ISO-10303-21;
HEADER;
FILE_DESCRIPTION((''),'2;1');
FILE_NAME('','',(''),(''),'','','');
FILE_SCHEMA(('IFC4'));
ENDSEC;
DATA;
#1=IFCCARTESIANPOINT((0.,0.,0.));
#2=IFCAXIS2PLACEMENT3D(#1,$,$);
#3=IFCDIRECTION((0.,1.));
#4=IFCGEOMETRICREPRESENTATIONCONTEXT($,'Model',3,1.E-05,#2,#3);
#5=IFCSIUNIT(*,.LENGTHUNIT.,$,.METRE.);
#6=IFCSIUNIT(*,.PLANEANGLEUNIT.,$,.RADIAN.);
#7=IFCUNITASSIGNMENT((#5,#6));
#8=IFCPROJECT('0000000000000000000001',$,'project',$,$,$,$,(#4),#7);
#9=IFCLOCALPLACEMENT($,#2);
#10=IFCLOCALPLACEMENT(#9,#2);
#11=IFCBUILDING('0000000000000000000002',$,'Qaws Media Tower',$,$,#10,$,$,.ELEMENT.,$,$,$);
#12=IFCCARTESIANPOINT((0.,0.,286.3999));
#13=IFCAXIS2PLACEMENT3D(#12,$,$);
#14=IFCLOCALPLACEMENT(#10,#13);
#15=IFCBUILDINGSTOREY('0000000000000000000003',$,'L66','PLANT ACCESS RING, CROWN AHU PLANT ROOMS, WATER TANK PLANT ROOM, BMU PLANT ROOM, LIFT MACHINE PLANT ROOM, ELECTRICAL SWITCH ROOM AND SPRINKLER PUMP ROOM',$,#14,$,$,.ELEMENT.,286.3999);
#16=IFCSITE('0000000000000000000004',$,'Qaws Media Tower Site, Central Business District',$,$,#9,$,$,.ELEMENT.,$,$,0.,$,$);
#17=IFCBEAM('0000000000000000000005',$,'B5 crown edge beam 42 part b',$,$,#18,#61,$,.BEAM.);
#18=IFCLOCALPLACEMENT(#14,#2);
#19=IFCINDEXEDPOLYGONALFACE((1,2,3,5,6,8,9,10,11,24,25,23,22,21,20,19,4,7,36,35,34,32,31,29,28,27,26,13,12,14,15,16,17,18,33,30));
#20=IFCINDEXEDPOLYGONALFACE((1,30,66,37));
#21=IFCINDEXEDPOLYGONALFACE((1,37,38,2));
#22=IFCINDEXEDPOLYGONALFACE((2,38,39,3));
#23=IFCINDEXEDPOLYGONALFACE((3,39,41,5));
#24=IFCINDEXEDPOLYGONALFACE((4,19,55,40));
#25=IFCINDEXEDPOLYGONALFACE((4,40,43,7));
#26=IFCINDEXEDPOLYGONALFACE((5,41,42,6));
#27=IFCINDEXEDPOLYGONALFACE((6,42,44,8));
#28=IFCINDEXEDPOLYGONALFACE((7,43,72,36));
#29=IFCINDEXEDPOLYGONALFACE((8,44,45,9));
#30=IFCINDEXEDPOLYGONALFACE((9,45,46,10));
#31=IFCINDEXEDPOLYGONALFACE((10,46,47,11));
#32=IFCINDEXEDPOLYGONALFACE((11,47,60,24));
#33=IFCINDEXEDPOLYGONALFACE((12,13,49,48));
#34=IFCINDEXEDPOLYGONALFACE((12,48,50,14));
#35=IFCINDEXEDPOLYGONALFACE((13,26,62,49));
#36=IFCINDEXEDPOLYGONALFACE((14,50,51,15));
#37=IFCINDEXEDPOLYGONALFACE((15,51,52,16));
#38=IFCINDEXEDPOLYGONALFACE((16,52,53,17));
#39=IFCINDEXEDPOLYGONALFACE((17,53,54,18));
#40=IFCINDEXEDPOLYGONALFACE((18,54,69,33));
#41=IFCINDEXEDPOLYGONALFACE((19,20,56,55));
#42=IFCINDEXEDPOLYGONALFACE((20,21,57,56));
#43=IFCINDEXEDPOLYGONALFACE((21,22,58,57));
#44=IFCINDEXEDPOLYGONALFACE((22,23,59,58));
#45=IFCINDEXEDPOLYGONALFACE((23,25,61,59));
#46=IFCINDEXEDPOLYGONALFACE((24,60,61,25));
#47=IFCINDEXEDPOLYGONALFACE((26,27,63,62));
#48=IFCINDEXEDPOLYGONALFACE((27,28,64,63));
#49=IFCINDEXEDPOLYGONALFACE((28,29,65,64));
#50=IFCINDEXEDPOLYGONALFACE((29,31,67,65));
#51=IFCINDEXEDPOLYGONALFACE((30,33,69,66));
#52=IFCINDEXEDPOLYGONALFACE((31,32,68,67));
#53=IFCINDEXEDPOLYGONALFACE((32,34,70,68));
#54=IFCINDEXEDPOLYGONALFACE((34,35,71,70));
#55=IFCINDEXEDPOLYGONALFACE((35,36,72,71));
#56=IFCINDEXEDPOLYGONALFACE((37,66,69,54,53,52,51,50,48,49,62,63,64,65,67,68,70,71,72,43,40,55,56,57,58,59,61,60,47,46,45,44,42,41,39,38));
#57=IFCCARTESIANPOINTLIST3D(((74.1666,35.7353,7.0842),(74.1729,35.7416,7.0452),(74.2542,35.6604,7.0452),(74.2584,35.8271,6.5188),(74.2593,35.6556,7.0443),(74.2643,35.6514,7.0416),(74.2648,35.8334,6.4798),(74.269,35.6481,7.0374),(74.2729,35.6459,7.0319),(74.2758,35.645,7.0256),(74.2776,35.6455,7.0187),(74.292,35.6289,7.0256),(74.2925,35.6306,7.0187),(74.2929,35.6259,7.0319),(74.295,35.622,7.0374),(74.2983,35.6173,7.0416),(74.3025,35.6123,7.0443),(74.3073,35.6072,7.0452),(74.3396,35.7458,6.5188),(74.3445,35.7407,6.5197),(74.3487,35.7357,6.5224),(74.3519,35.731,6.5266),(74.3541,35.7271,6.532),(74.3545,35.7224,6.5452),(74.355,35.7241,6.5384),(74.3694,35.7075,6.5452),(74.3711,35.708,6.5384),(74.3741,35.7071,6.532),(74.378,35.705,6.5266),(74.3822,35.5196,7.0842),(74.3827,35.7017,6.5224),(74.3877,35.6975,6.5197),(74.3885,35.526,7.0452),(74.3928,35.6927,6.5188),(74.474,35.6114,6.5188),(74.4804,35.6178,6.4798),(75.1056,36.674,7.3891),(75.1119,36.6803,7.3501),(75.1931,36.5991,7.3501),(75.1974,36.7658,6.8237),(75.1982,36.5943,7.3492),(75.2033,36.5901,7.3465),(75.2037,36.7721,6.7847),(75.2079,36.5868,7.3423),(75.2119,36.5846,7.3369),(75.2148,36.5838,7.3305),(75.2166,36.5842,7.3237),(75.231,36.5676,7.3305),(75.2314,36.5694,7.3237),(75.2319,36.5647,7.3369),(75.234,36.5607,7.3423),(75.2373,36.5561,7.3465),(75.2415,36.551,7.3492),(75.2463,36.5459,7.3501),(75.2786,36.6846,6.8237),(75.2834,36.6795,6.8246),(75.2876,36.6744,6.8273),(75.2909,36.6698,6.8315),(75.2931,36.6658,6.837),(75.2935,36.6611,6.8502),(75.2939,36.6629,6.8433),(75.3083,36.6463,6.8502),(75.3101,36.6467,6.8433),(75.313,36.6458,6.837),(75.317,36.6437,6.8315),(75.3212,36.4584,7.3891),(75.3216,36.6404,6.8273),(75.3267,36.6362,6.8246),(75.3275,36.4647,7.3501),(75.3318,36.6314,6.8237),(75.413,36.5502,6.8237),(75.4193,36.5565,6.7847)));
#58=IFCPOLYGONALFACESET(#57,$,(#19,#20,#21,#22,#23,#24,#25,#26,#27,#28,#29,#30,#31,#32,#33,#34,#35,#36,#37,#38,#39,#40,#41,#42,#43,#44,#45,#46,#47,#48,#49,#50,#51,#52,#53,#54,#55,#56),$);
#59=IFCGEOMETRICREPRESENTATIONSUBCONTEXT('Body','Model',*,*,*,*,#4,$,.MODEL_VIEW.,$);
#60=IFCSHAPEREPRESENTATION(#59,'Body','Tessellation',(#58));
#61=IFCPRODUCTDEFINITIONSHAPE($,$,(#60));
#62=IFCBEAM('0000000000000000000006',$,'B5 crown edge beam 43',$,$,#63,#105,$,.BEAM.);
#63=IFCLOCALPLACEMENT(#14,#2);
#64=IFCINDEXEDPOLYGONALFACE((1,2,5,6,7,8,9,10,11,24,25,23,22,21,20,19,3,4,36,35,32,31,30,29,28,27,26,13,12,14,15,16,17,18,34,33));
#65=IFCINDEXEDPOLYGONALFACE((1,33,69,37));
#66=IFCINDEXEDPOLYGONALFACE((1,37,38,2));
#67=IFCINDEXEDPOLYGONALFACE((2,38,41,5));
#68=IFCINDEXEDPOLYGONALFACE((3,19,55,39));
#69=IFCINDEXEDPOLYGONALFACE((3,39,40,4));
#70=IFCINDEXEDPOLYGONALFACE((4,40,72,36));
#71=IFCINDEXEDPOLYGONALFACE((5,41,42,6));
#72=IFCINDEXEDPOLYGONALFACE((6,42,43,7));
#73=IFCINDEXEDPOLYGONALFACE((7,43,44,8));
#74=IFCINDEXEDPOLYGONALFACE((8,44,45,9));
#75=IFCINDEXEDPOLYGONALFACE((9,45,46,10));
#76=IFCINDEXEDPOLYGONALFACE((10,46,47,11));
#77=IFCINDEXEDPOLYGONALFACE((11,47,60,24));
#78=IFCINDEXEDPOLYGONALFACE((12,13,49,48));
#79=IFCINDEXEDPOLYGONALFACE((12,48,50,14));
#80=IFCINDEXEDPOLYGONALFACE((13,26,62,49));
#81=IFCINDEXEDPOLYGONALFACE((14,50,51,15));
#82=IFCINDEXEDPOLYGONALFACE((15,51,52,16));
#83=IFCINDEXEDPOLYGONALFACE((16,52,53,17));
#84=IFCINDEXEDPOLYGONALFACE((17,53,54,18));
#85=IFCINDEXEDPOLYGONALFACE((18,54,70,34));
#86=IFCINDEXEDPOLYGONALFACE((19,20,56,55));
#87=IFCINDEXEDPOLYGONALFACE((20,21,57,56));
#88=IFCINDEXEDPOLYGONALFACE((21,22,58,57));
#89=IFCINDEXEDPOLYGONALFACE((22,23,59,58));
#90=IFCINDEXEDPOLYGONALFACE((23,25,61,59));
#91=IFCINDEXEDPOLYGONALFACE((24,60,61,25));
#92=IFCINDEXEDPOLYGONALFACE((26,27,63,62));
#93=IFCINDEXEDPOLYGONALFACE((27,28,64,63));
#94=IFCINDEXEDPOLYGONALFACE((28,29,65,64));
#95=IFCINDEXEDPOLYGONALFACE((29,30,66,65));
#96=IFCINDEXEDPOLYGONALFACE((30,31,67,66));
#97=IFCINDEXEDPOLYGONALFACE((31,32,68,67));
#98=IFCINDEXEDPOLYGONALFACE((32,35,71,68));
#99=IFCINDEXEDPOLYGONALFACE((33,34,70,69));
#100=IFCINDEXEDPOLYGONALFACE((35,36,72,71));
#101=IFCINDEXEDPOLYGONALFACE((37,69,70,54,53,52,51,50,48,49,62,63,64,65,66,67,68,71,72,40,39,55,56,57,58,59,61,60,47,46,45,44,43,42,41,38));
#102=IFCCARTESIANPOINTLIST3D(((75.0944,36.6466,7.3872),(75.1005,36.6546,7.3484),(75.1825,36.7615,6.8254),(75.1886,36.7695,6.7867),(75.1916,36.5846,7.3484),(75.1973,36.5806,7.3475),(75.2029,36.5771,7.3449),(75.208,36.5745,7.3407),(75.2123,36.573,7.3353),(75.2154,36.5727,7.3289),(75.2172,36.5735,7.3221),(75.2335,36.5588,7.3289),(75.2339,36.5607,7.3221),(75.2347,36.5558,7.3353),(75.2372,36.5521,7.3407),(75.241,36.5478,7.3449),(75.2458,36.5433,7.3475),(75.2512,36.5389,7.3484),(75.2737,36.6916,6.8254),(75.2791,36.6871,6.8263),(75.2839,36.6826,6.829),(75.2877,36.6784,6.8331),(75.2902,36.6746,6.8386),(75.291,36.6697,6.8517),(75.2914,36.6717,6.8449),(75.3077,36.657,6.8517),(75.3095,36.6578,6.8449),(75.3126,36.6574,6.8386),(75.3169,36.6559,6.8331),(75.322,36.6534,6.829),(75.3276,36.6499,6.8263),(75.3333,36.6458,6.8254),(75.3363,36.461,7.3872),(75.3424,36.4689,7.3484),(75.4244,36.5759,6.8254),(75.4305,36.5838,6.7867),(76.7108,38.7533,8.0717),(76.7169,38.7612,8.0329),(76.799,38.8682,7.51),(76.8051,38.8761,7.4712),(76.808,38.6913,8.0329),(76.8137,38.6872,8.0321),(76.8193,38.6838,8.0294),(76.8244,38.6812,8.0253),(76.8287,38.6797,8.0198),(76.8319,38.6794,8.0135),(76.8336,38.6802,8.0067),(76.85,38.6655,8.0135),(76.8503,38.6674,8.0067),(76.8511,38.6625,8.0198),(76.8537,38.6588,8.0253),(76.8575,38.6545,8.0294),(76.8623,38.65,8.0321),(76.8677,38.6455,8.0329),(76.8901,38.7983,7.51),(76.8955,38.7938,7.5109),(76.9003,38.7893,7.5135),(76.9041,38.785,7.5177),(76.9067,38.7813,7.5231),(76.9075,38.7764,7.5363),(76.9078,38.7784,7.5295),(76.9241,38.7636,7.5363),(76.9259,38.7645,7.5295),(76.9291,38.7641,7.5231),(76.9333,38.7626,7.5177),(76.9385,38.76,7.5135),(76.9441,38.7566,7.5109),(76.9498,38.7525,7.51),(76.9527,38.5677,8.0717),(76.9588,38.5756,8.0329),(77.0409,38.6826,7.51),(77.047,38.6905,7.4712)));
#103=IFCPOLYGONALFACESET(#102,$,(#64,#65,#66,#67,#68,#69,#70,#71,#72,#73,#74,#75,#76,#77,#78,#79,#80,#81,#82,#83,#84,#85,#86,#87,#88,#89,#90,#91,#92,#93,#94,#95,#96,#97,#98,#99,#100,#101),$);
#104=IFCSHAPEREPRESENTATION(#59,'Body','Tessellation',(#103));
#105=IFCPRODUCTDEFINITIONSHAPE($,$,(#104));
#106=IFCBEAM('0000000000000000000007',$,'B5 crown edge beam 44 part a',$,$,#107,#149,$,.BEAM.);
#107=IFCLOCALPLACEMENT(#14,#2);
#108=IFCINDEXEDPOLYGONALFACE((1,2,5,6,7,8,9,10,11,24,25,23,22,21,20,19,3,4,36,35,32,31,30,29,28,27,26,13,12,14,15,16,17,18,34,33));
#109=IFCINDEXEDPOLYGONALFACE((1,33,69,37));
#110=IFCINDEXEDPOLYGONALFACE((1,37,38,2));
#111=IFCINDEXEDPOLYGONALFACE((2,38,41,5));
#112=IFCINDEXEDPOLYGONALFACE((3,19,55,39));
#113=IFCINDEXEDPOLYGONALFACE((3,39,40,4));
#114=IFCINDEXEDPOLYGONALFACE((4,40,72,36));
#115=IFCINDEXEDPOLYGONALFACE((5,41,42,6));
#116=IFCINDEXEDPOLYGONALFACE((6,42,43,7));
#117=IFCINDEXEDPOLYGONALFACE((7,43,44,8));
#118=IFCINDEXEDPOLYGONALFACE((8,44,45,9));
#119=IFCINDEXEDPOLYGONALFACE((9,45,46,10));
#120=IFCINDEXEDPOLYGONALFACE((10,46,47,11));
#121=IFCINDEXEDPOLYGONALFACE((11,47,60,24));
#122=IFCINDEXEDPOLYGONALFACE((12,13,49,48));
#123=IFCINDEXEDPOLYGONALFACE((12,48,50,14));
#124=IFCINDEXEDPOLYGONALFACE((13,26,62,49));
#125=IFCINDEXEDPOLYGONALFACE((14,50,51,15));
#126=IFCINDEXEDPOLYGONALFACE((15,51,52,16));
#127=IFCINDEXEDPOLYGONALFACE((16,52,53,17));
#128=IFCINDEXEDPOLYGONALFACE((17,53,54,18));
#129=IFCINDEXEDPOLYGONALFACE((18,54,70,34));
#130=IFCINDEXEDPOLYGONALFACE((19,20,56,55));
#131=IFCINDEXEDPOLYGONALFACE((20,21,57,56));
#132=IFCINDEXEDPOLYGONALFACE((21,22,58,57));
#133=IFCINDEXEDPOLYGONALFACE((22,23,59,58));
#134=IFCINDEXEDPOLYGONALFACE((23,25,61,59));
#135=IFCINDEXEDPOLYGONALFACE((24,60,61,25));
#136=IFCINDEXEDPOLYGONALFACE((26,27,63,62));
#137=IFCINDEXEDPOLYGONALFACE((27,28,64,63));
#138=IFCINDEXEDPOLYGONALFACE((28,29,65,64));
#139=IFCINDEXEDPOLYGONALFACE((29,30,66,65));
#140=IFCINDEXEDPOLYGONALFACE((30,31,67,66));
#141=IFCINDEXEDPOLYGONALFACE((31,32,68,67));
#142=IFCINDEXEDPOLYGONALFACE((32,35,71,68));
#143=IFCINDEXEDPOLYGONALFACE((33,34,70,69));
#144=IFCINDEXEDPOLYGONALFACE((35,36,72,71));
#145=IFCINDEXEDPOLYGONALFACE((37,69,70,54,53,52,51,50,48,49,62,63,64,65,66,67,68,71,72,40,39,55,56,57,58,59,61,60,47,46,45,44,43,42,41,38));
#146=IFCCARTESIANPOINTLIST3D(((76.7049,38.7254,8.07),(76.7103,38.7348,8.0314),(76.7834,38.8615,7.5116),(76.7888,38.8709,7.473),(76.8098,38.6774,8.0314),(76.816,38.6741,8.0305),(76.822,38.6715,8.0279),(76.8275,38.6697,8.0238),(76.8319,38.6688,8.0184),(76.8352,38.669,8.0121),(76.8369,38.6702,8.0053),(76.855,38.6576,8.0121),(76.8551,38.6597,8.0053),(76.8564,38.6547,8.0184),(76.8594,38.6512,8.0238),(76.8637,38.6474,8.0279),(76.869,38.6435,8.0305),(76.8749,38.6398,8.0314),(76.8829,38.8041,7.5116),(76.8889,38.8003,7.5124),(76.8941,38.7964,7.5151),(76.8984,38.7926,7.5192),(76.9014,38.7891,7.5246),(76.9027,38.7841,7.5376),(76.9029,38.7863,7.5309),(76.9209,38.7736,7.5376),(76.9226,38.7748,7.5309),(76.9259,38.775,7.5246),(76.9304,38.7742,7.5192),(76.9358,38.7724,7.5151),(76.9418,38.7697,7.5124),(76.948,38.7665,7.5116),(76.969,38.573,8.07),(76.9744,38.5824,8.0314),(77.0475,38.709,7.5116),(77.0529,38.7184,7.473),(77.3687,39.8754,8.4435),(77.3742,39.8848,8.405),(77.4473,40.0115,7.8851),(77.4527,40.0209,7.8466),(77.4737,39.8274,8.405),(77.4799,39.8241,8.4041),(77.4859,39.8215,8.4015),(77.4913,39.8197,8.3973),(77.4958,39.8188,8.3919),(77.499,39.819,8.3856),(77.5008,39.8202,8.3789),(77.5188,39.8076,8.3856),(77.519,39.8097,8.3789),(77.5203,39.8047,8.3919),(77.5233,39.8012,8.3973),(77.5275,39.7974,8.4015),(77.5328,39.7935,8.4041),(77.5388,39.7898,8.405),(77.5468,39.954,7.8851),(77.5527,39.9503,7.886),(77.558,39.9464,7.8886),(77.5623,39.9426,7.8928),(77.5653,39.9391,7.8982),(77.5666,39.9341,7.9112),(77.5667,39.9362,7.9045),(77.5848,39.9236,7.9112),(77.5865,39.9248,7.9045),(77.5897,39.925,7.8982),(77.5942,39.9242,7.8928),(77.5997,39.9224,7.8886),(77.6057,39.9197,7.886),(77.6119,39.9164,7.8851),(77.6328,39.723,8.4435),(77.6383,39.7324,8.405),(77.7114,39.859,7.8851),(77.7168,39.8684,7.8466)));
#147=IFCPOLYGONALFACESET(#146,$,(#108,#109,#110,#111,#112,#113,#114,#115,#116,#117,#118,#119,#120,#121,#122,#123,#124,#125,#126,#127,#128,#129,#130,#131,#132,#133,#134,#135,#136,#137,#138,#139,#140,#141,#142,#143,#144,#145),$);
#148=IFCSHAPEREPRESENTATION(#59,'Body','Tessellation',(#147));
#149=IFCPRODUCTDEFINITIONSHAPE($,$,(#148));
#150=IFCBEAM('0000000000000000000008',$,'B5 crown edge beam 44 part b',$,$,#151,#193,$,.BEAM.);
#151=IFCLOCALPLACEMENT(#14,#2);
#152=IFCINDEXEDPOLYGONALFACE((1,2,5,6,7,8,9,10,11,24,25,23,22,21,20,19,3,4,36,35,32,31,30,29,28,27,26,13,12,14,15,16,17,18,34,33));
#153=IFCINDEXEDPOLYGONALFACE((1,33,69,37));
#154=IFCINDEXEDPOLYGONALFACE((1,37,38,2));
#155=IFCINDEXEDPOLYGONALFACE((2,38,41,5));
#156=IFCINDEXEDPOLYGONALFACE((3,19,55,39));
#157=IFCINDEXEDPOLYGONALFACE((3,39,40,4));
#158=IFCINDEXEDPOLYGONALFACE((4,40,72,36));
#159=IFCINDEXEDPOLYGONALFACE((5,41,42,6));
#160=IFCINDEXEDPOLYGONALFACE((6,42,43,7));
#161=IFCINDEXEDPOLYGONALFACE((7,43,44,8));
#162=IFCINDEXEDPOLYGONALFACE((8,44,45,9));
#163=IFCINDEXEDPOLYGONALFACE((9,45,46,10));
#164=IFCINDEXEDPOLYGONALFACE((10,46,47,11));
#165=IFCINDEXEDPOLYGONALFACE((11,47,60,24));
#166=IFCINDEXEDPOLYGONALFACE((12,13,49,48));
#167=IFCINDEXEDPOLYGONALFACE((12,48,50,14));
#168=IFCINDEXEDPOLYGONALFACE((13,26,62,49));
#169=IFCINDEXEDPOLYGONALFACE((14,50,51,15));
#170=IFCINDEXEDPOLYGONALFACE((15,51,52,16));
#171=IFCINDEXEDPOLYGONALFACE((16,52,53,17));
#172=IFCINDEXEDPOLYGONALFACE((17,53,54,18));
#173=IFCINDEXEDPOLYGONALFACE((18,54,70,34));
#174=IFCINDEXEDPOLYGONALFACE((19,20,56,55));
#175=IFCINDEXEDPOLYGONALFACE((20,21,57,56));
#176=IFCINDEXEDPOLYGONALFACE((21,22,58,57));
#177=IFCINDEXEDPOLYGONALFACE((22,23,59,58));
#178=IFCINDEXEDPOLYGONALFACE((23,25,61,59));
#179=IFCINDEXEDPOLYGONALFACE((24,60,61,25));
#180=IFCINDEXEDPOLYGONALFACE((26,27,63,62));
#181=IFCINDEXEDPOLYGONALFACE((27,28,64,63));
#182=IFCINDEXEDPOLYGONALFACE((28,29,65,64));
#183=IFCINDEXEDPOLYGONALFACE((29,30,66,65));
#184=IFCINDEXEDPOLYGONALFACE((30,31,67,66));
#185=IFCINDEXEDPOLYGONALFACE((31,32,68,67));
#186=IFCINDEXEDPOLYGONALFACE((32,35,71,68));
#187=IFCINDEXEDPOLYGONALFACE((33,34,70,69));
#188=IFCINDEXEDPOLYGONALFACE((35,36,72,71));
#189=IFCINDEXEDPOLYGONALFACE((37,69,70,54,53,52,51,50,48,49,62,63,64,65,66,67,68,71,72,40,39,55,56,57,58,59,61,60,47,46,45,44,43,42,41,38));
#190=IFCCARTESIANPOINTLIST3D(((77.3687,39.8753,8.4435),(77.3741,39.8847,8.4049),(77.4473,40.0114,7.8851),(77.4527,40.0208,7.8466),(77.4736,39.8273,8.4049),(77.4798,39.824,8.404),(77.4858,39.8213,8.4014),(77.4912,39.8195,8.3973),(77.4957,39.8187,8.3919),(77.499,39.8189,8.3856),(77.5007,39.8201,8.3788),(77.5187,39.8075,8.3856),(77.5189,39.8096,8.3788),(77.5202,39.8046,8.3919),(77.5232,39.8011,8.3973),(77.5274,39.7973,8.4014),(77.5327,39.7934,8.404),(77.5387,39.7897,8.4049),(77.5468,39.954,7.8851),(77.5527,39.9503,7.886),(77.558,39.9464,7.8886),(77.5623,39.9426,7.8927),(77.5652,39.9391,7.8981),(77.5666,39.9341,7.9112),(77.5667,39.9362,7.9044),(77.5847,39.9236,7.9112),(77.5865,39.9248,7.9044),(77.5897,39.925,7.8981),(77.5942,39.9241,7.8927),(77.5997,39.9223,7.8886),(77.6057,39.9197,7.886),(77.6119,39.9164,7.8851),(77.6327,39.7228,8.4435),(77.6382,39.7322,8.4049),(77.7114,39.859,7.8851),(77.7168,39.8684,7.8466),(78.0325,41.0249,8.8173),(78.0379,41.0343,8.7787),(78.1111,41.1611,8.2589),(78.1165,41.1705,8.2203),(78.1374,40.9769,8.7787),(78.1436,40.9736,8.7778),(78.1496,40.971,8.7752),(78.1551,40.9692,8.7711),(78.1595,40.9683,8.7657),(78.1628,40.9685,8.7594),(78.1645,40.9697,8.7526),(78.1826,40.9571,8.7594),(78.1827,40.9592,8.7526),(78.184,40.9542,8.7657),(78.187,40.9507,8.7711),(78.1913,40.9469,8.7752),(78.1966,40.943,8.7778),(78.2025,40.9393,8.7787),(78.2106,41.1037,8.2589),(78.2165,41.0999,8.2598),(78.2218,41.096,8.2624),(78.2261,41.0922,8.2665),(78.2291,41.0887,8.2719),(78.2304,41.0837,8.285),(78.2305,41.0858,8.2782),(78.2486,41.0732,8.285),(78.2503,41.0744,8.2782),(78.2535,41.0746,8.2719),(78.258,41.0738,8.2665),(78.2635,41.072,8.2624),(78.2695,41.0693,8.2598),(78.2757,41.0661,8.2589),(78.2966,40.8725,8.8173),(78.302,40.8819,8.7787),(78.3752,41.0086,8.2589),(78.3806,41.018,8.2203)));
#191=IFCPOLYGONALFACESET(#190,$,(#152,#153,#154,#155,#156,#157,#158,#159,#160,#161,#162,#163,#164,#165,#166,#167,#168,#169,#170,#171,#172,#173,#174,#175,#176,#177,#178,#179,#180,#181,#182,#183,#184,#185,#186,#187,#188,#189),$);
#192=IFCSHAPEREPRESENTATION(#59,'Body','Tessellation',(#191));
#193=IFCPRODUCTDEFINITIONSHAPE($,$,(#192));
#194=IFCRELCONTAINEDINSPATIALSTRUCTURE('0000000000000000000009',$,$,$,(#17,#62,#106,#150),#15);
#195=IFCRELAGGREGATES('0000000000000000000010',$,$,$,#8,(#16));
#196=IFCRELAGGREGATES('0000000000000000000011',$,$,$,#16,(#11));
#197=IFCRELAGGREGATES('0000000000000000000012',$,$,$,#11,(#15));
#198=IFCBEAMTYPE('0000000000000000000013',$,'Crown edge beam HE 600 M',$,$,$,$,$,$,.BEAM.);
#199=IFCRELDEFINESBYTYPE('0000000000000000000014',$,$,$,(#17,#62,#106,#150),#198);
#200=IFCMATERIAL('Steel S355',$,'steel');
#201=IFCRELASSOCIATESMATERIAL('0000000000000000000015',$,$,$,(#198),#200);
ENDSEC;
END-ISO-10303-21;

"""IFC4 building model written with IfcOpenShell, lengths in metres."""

from ifc_helpers import new_model, si_unit, direction, frame, origin, origin_2d, place, context, subcontext, project, spatial, i_section, extrude, material, material_profile, profile_set, type_object, element, save


model = new_model("IFC4")

# Units and contexts
model_context = context("Model", 3, precision=1e-05, world=origin(), true_north=direction((0.0, 1.0)))
body_context = subcontext(model_context, "Body", "Model", "MODEL_VIEW")
ifc_project = project(units=[si_unit("LENGTHUNIT", "METRE"), si_unit("PLANEANGLEUNIT", "RADIAN")], contexts=[model_context])

# Site, building, storey
site_placement = place(None, origin())
site = spatial("IfcSite", under=ifc_project, at=site_placement, Name="Qaws Media Tower Site, Central Business District", CompositionType="ELEMENT", RefElevation=0.0)
building_placement = place(site_placement, origin())
building = spatial("IfcBuilding", under=site, at=building_placement, Name="Qaws Media Tower", CompositionType="ELEMENT")
storey_placement = place(building_placement, frame((0.0, 0.0, 286.3999)))
storey = spatial("IfcBuildingStorey", under=building, at=storey_placement, Name="L66", Description="PLANT ACCESS RING, CROWN AHU PLANT ROOMS, WATER TANK PLANT ROOM, BMU PLANT ROOM, LIFT MACHINE PLANT ROOM, ELECTRICAL SWITCH ROOM AND SPRINKLER PUMP ROOM", CompositionType="ELEMENT", Elevation=286.3999)

# Beams
ifc_material_1 = material(Name="Steel S355", Category="steel")
ifc_material_profile_1 = material_profile(ifc_material_1, i_section(OverallWidth=0.3049, OverallDepth=0.6201, WebThickness=0.021, FlangeThickness=0.04, FilletRadius=0.0271, at=origin_2d()), Name="HE 600 M")
ifc_profile_set_1 = profile_set([ifc_material_profile_1], Name="Steel S355")
beam_type_1 = type_object("IfcBeamType", Name="Crown edge beam HE 600 M", PredefinedType="BEAM", material=ifc_profile_set_1)
for number, where, z_axis, x_axis, name in (
    (1, (74.3235, 35.6765, 6.782), (0.689255, 0.689075, 0.223837), (-0.707015, 0.707199, 0.0), "B5 crown edge beam 42 part b"),
):
    element("IfcBeam", number, at=place(storey_placement, frame(where, z_axis=z_axis, x_axis=x_axis)), inside=storey, type_object=beam_type_1, Name=name, PredefinedType="BEAM", context=body_context, shape_type="SweptSolid", body=[
        extrude(i_section(OverallWidth=0.3049, OverallDepth=0.6201, WebThickness=0.021, FlangeThickness=0.04, FilletRadius=0.0271, at=origin_2d()), origin(), (0.0, 0.0, 1.0), 1.3623),
    ])
beam_1_placement = place(storey_placement, frame((75.2625, 36.6152, 7.0869), z_axis=(0.589472, 0.768246, 0.249642), x_axis=(-0.793365, 0.608746, 0.0)))
element("IfcBeam", 2, at=beam_1_placement, inside=storey, type_object=beam_type_1, Name="B5 crown edge beam 43", PredefinedType="BEAM", context=body_context, shape_type="SweptSolid", body=[
    extrude(i_section(OverallWidth=0.3049, OverallDepth=0.6201, WebThickness=0.021, FlangeThickness=0.04, FilletRadius=0.0271, at=origin_2d()), origin(), (0.0, 0.0, 1.0), 2.7422),
])
beam_2_placement = place(storey_placement, frame((76.8789, 38.7219, 7.7715), z_axis=(0.481273, 0.833688, 0.270816), x_axis=(-0.866051, 0.499956, 0.0)))
element("IfcBeam", 3, at=beam_2_placement, inside=storey, type_object=beam_type_1, Name="B5 crown edge beam 44 part a", PredefinedType="BEAM", context=body_context, shape_type="SweptSolid", body=[
    extrude(i_section(OverallWidth=0.3049, OverallDepth=0.6201, WebThickness=0.021, FlangeThickness=0.04, FilletRadius=0.0271, at=origin_2d()), origin(), (0.0, 0.0, 1.0), 1.3794),
])
beam_3_placement = place(storey_placement, frame((77.5427, 39.8718, 8.145), z_axis=(0.481321, 0.833594, 0.27102), x_axis=(-0.866005, 0.500036, 0.0)))
element("IfcBeam", 4, at=beam_3_placement, inside=storey, type_object=beam_type_1, Name="B5 crown edge beam 44 part b", PredefinedType="BEAM", context=body_context, shape_type="SweptSolid", body=[
    extrude(i_section(OverallWidth=0.3049, OverallDepth=0.6201, WebThickness=0.021, FlangeThickness=0.04, FilletRadius=0.0271, at=origin_2d()), origin(), (0.0, 0.0, 1.0), 1.3792),
])

save(model, "model.ifc")
